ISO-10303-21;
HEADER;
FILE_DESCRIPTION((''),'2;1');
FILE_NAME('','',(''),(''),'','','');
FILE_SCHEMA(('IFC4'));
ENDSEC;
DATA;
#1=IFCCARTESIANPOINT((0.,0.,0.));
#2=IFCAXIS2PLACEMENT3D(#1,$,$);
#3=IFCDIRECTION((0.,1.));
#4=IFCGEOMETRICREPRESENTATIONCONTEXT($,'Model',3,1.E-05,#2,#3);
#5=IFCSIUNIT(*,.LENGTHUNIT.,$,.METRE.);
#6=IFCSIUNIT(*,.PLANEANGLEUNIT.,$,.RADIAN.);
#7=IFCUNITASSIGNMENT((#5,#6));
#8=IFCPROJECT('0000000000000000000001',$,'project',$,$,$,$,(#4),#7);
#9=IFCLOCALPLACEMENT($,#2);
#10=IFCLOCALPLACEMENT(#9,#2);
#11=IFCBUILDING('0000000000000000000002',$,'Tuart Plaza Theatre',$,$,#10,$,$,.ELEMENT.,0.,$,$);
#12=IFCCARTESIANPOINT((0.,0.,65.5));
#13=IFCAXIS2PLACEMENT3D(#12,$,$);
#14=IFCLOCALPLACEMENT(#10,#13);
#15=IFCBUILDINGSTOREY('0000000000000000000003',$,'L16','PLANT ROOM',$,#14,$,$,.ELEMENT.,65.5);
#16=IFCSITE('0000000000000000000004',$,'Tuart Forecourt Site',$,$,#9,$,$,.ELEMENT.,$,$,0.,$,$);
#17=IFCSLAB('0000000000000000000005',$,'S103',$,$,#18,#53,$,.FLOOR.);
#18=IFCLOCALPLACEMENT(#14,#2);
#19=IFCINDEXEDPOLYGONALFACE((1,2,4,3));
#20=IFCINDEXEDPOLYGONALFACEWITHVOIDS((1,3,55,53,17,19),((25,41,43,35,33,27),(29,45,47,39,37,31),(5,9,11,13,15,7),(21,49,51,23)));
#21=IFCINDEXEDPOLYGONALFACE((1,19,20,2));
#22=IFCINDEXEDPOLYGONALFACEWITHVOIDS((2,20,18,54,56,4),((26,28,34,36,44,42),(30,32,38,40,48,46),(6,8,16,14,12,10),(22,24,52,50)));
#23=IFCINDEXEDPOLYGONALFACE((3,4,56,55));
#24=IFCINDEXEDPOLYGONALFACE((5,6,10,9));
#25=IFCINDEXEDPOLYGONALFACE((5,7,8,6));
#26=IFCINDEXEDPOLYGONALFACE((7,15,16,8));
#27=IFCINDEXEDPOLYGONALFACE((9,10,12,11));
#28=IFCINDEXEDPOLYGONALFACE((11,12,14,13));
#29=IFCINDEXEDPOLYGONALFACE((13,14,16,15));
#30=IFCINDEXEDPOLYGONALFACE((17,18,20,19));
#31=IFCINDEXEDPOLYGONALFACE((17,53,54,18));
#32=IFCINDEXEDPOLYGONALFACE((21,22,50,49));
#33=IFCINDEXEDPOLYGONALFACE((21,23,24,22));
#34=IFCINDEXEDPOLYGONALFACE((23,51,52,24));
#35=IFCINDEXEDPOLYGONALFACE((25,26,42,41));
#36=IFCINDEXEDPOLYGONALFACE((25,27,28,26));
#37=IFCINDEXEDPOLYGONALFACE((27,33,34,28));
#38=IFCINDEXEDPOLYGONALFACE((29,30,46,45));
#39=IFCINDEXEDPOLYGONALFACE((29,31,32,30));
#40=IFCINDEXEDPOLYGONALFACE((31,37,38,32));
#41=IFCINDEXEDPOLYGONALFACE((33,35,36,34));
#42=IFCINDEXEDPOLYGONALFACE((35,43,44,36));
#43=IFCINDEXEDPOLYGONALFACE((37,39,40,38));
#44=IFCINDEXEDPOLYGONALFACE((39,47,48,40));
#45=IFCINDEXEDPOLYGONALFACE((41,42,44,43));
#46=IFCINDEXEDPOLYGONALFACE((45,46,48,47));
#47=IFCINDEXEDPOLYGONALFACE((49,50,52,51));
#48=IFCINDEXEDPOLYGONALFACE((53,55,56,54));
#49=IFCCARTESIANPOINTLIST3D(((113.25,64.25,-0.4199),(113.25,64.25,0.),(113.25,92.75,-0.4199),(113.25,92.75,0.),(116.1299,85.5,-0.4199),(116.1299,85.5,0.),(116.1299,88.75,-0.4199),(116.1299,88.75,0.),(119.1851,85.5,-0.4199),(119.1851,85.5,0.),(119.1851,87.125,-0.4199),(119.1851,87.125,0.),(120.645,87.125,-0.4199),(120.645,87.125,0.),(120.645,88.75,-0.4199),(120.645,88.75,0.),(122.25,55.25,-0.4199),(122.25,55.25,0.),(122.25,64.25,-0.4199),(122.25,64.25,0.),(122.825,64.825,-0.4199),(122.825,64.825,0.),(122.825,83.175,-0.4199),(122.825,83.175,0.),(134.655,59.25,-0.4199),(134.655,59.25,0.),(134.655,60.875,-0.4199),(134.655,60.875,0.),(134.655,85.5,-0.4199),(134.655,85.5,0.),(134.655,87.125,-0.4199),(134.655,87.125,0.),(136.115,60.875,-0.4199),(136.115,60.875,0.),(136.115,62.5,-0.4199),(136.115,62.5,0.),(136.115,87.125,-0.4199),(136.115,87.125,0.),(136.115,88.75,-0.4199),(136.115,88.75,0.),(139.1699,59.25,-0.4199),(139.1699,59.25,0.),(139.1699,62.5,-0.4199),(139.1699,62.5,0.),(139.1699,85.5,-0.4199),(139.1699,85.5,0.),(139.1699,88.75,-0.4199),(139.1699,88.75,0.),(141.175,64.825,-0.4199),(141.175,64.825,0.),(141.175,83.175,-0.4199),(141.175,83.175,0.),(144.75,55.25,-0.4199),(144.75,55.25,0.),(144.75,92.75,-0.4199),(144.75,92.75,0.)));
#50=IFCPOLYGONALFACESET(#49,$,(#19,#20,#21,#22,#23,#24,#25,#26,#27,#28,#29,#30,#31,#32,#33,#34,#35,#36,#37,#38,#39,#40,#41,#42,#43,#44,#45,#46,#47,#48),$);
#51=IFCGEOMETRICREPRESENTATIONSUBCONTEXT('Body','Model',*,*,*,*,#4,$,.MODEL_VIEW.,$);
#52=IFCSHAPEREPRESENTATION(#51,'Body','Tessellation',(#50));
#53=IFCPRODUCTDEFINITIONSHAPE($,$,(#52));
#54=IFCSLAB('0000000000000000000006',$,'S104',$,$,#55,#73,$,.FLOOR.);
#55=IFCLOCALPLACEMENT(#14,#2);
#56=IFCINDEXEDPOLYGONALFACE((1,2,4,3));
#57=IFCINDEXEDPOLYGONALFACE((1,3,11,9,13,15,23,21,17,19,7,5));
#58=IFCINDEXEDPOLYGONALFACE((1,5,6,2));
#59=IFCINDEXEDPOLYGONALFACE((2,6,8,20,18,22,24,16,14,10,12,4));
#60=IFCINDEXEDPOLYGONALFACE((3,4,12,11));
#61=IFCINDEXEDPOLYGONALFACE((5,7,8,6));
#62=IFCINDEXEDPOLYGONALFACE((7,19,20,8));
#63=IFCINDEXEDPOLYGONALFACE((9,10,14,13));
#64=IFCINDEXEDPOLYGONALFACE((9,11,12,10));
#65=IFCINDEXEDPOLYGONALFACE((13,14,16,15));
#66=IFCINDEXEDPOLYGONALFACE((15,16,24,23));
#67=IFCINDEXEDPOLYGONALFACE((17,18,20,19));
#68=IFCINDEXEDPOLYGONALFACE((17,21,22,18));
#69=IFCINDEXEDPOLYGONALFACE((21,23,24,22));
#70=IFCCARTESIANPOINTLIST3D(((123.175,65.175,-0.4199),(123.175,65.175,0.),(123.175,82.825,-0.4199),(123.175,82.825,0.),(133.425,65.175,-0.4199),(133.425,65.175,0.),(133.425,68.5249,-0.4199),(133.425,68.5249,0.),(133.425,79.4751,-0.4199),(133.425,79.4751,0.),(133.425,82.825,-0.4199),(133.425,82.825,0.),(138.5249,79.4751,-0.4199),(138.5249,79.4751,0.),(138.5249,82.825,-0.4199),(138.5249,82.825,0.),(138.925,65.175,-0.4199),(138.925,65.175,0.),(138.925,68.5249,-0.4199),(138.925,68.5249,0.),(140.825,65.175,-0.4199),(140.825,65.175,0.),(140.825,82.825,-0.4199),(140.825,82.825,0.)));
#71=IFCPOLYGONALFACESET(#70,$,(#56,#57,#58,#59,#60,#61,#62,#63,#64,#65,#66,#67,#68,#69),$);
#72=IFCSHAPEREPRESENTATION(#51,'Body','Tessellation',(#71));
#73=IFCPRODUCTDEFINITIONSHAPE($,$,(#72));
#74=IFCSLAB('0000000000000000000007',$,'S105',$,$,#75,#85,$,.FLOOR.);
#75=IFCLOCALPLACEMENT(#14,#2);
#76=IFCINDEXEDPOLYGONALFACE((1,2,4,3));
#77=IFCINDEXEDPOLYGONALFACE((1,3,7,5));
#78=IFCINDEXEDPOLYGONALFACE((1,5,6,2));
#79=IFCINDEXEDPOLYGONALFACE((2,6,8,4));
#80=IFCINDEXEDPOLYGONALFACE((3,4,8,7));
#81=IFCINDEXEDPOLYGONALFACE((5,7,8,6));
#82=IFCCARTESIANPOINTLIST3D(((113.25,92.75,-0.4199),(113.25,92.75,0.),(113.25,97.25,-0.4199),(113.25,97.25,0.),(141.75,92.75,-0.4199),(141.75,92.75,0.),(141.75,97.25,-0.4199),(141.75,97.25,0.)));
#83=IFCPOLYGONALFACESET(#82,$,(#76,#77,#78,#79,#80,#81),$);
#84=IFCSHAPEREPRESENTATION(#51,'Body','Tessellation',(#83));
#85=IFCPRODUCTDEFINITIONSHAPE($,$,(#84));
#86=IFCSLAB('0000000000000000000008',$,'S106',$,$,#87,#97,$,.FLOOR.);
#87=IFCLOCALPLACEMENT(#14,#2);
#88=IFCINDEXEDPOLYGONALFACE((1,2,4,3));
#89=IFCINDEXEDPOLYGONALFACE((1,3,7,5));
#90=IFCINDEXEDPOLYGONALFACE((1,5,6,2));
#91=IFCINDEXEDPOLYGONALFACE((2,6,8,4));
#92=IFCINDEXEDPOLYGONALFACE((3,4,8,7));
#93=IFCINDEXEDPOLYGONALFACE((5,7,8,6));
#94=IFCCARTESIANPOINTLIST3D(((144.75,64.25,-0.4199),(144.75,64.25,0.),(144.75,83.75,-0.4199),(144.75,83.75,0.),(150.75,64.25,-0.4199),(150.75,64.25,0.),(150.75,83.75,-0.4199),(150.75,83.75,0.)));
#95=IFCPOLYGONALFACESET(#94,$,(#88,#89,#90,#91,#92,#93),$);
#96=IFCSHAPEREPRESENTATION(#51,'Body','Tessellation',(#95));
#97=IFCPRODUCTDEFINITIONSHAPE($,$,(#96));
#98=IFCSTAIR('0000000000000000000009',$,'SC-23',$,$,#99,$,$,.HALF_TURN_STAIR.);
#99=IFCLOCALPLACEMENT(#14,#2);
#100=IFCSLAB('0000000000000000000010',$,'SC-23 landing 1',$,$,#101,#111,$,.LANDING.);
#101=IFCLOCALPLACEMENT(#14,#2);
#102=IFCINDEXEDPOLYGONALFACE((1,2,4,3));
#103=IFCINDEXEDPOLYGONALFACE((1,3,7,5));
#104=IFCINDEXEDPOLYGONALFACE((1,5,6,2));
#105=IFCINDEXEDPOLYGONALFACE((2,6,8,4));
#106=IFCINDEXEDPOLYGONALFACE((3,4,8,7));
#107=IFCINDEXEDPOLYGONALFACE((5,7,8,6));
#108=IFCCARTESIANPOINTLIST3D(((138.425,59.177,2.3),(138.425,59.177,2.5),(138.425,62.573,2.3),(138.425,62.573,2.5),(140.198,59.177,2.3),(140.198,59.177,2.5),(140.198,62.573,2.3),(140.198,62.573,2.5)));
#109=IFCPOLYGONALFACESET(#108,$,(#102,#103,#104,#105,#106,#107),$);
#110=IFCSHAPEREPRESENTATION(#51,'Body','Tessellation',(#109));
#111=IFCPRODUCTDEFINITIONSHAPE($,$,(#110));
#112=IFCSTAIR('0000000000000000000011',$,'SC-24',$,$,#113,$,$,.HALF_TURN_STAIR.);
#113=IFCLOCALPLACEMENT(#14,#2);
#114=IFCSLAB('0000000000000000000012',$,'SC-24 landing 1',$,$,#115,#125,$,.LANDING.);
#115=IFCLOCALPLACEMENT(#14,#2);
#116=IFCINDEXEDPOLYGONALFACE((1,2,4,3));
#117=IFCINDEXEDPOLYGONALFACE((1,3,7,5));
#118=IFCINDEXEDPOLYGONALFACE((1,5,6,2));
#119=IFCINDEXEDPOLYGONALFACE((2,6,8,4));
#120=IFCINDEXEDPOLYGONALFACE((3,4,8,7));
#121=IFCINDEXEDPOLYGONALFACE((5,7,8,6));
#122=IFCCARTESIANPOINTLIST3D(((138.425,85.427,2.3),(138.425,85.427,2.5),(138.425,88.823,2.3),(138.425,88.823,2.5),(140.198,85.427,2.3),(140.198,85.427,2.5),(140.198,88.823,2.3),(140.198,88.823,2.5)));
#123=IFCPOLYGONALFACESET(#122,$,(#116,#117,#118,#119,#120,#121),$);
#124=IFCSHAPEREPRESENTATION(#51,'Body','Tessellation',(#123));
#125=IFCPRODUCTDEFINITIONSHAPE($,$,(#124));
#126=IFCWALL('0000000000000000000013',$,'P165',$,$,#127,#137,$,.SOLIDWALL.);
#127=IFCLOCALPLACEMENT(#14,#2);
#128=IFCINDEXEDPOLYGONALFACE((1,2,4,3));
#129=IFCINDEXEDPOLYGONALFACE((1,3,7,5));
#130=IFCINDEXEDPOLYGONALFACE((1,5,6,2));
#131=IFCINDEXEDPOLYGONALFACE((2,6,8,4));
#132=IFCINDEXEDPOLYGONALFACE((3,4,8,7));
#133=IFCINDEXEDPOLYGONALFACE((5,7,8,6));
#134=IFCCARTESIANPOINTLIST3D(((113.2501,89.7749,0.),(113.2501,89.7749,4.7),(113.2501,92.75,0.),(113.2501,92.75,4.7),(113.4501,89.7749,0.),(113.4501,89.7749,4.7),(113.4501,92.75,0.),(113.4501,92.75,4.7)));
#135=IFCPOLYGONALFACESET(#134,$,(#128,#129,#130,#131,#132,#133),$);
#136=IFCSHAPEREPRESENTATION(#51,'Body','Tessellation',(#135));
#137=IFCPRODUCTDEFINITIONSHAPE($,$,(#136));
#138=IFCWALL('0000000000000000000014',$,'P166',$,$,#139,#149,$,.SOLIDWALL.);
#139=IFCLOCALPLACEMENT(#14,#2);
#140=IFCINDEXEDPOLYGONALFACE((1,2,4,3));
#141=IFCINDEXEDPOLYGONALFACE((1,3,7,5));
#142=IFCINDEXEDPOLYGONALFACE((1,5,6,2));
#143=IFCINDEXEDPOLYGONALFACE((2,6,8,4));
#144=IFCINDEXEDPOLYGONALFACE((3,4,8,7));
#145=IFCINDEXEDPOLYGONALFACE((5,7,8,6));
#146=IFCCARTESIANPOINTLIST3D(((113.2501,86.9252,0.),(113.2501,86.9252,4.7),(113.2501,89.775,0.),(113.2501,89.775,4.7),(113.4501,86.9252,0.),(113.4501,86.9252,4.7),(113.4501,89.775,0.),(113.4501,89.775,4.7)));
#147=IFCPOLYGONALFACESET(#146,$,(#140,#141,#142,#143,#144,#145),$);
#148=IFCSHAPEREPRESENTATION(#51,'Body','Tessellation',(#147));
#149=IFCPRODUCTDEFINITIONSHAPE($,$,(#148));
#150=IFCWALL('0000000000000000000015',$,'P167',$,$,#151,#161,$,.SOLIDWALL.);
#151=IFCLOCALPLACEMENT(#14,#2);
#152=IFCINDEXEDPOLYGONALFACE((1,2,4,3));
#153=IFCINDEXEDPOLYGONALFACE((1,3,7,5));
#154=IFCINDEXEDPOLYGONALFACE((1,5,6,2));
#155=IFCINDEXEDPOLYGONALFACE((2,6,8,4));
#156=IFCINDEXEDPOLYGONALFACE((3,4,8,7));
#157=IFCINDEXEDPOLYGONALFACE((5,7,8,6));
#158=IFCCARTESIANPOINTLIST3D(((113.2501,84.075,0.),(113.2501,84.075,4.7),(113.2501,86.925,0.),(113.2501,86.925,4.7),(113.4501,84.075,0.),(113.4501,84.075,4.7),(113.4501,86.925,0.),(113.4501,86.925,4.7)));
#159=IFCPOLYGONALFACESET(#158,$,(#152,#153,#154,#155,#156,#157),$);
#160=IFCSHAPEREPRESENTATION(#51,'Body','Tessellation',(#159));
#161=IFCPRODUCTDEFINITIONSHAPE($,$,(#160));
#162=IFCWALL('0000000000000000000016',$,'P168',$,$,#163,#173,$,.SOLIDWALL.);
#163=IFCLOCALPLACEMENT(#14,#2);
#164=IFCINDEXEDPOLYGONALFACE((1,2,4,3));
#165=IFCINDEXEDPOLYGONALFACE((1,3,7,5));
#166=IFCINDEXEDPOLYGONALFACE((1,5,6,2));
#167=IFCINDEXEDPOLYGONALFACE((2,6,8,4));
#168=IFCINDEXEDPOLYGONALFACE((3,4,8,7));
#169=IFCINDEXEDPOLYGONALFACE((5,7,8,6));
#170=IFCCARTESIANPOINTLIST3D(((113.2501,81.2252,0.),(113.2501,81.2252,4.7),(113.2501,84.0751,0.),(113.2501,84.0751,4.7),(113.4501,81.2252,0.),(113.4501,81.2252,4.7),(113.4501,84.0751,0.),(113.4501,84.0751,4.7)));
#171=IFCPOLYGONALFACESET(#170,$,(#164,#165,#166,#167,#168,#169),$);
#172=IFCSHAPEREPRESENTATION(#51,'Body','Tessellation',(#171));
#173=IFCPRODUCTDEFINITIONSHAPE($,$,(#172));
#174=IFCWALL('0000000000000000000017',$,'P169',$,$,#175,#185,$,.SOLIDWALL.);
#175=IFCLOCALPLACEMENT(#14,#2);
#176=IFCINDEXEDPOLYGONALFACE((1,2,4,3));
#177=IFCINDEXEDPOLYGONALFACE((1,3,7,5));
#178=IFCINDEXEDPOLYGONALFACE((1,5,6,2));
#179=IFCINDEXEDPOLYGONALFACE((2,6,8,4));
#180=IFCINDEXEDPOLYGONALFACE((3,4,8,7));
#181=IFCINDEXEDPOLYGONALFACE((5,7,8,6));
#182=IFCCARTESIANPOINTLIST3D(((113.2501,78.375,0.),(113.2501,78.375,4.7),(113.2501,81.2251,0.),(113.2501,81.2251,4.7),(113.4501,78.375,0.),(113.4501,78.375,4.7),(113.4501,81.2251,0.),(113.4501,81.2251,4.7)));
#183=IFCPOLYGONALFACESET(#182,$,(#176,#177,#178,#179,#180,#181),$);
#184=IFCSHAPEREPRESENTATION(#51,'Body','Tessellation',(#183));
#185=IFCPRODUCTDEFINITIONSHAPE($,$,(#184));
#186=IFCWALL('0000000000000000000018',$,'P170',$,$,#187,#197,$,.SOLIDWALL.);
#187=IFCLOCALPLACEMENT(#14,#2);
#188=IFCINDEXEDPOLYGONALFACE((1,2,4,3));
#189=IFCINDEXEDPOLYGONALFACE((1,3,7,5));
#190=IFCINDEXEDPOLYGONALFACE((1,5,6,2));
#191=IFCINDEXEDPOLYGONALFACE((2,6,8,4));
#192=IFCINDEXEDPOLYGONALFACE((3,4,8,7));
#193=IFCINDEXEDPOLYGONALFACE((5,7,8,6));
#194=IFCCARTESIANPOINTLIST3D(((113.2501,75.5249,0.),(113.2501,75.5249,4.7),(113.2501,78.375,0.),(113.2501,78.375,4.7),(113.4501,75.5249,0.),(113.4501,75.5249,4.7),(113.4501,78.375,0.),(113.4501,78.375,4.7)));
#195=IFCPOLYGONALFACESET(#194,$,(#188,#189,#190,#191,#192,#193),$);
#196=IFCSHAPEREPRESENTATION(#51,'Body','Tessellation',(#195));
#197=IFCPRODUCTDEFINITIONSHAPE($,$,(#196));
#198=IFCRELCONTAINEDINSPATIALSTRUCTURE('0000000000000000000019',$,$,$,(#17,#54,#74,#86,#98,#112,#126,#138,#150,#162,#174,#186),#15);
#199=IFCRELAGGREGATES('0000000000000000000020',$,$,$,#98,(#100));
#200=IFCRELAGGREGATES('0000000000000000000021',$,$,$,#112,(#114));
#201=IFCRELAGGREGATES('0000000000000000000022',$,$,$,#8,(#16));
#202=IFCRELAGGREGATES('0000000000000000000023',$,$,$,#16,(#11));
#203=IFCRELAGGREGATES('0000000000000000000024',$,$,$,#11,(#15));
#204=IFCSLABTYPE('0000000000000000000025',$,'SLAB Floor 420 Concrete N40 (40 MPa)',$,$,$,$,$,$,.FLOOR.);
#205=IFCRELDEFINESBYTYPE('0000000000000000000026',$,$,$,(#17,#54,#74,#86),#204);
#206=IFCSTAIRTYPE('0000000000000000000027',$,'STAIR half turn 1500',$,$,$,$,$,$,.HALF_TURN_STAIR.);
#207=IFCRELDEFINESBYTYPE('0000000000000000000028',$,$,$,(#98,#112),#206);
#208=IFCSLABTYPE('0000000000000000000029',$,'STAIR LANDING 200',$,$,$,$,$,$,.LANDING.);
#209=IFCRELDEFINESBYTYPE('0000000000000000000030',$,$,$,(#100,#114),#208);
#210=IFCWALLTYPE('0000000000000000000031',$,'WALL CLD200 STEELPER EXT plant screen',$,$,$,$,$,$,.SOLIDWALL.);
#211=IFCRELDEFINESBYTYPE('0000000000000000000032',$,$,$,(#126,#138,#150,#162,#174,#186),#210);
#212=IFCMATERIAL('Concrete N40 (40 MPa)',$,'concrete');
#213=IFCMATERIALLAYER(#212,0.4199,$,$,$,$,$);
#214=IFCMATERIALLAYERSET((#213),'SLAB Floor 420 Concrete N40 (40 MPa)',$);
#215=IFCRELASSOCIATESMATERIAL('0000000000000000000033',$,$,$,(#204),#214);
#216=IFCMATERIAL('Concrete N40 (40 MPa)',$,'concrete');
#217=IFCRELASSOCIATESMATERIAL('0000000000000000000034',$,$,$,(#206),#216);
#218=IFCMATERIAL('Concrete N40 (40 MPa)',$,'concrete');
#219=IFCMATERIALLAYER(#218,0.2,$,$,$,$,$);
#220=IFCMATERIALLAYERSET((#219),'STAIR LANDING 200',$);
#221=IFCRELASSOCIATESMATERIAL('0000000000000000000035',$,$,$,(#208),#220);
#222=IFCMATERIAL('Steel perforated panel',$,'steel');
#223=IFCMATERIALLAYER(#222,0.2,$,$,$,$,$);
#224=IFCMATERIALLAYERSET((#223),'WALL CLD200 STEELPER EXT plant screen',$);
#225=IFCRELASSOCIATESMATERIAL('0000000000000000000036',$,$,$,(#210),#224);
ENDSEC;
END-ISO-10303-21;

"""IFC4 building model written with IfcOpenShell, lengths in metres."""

from ifc_helpers import new_model, si_unit, direction, frame, frame_2d, origin, place, context, subcontext, project, spatial, polyline, rectangle, outline, extrude, material, layer, layer_set, type_object, element, aggregate, save


model = new_model("IFC4")

# Units and contexts
model_context = context("Model", 3, precision=1e-05, world=origin(), true_north=direction((0.0, 1.0)))
body_context = subcontext(model_context, "Body", "Model", "MODEL_VIEW")
ifc_project = project(units=[si_unit("LENGTHUNIT", "METRE"), si_unit("PLANEANGLEUNIT", "RADIAN")], contexts=[model_context])

# Site, building, storey
site_placement = place(None, origin())
site = spatial("IfcSite", under=ifc_project, at=site_placement, Name="Tuart Forecourt Site", CompositionType="ELEMENT", RefElevation=0.0)
building_placement = place(site_placement, origin())
building = spatial("IfcBuilding", under=site, at=building_placement, Name="Tuart Plaza Theatre", CompositionType="ELEMENT", ElevationOfRefHeight=0.0)
storey_placement = place(building_placement, frame((0.0, 0.0, 65.5)))
storey = spatial("IfcBuildingStorey", under=building, at=storey_placement, Name="L16", Description="PLANT ROOM", CompositionType="ELEMENT", Elevation=65.5)

# Slabs
ifc_material_1 = material(Name="Concrete N40 (40 MPa)", Category="concrete")
ifc_layer_1 = layer(ifc_material_1, 0.4199)
ifc_layer_set_1 = layer_set([ifc_layer_1], Name="SLAB Floor 420 Concrete N40 (40 MPa)")
slab_type_1 = type_object("IfcSlabType", Name="SLAB Floor 420 Concrete N40 (40 MPa)", PredefinedType="FLOOR", material=ifc_layer_set_1)
slab_1_placement = place(storey_placement, frame((0.0, 0.0, -0.4199)))
element("IfcSlab", 1, at=slab_1_placement, inside=storey, type_object=slab_type_1, Name="S103", PredefinedType="FLOOR", context=body_context, shape_type="SweptSolid", body=[
    extrude(outline(polyline([(122.25, 55.25), (144.75, 55.25), (144.75, 92.75), (113.25, 92.75), (113.25, 64.25), (122.25, 64.25), (122.25, 55.25)]), holes=[polyline([(141.175, 64.825), (141.175, 83.175), (122.825, 83.175), (122.825, 64.825), (141.175, 64.825)]), polyline([(136.115, 62.5), (136.115, 60.875), (134.655, 60.875), (134.655, 59.25), (139.1699, 59.25), (139.1699, 62.5), (136.115, 62.5)]), polyline([(139.1699, 88.75), (136.115, 88.75), (136.115, 87.125), (134.655, 87.125), (134.655, 85.5), (139.1699, 85.5), (139.1699, 88.75)]), polyline([(116.1299, 88.75), (116.1299, 85.5), (119.1851, 85.5), (119.1851, 87.125), (120.645, 87.125), (120.645, 88.75), (116.1299, 88.75)])]), origin(), (0.0, 0.0, 1.0), 0.4199),
])
slab_2_placement = place(storey_placement, frame((0.0, 0.0, -0.4199)))
element("IfcSlab", 2, at=slab_2_placement, inside=storey, type_object=slab_type_1, Name="S104", PredefinedType="FLOOR", context=body_context, shape_type="SweptSolid", body=[
    extrude(outline(polyline([(133.425, 68.5249), (138.925, 68.5249), (138.925, 65.175), (140.825, 65.175), (140.825, 82.825), (138.5249, 82.825), (138.5249, 79.4751), (133.425, 79.4751), (133.425, 82.825), (123.175, 82.825), (123.175, 65.175), (133.425, 65.175), (133.425, 68.5249)])), origin(), (0.0, 0.0, 1.0), 0.4199),
])
slab_3_placement = place(storey_placement, frame((0.0, 0.0, -0.4199)))
element("IfcSlab", 3, at=slab_3_placement, inside=storey, type_object=slab_type_1, Name="S105", PredefinedType="FLOOR", context=body_context, shape_type="SweptSolid", body=[
    extrude(outline(polyline([(113.25, 92.75), (141.75, 92.75), (141.75, 97.25), (113.25, 97.25), (113.25, 92.75)])), origin(), (0.0, 0.0, 1.0), 0.4199),
])
slab_4_placement = place(storey_placement, frame((0.0, 0.0, -0.4199)))
element("IfcSlab", 4, at=slab_4_placement, inside=storey, type_object=slab_type_1, Name="S106", PredefinedType="FLOOR", context=body_context, shape_type="SweptSolid", body=[
    extrude(outline(polyline([(144.75, 83.75), (144.75, 64.25), (150.75, 64.25), (150.75, 83.75), (144.75, 83.75)])), origin(), (0.0, 0.0, 1.0), 0.4199),
])

# Stairs, slabs
ifc_material_2 = material(Name="Concrete N40 (40 MPa)", Category="concrete")
stair_type = type_object("IfcStairType", Name="STAIR half turn 1500", PredefinedType="HALF_TURN_STAIR", material=ifc_material_2)
stair_1_placement = place(storey_placement, origin())
stair_1 = element("IfcStair", 5, at=stair_1_placement, inside=storey, type_object=stair_type, Name="SC-23", PredefinedType="HALF_TURN_STAIR")
ifc_material_3 = material(Name="Concrete N40 (40 MPa)", Category="concrete")
ifc_layer_2 = layer(ifc_material_3, 0.2)
ifc_layer_set_2 = layer_set([ifc_layer_2], Name="STAIR LANDING 200")
slab_type_2 = type_object("IfcSlabType", Name="STAIR LANDING 200", PredefinedType="LANDING", material=ifc_layer_set_2)
slab_5_placement = place(storey_placement, frame((0.0, 0.0, 2.3)))
slab_5 = element("IfcSlab", 6, at=slab_5_placement, type_object=slab_type_2, Name="SC-23 landing 1", PredefinedType="LANDING", context=body_context, shape_type="SweptSolid", body=[
    extrude(outline(polyline([(138.425, 59.177), (140.198, 59.177), (140.198, 62.573), (138.425, 62.573), (138.425, 59.177)])), origin(), (0.0, 0.0, 1.0), 0.2),
])
aggregate(stair_1, [slab_5])
stair_2_placement = place(storey_placement, origin())
stair_2 = element("IfcStair", 7, at=stair_2_placement, inside=storey, type_object=stair_type, Name="SC-24", PredefinedType="HALF_TURN_STAIR")
slab_6_placement = place(storey_placement, frame((0.0, 0.0, 2.3)))
slab_6 = element("IfcSlab", 8, at=slab_6_placement, type_object=slab_type_2, Name="SC-24 landing 1", PredefinedType="LANDING", context=body_context, shape_type="SweptSolid", body=[
    extrude(outline(polyline([(138.425, 85.427), (140.198, 85.427), (140.198, 88.823), (138.425, 88.823), (138.425, 85.427)])), origin(), (0.0, 0.0, 1.0), 0.2),
])
aggregate(stair_2, [slab_6])

# Walls
ifc_material_4 = material(Name="Steel perforated panel", Category="steel")
ifc_layer_3 = layer(ifc_material_4, 0.2)
ifc_layer_set_3 = layer_set([ifc_layer_3], Name="WALL CLD200 STEELPER EXT plant screen")
wall_type = type_object("IfcWallType", Name="WALL CLD200 STEELPER EXT plant screen", PredefinedType="SOLIDWALL", material=ifc_layer_set_3)
wall_1_placement = place(storey_placement, frame((113.3501, 92.75, 0.0), z_axis=(0.0, 0.0, 1.0), x_axis=(0.0, -1.0, 0.0)))
element("IfcWall", 9, at=wall_1_placement, inside=storey, type_object=wall_type, Name="P165", PredefinedType="SOLIDWALL", context=body_context, shape_type="SweptSolid", body=[
    extrude(rectangle(XDim=2.9751, YDim=0.2, at=frame_2d((1.4875, 0.0))), origin(), (0.0, 0.0, 1.0), 4.7),
])
wall_2_placement = place(storey_placement, frame((113.3501, 89.7749, 0.0), z_axis=(0.0, 0.0, 1.0), x_axis=(0.0, -1.0, 0.0)))
element("IfcWall", 10, at=wall_2_placement, inside=storey, type_object=wall_type, Name="P166", PredefinedType="SOLIDWALL", context=body_context, shape_type="SweptSolid", body=[
    extrude(rectangle(XDim=2.8499, YDim=0.2, at=frame_2d((1.4248, 0.0))), origin(), (0.0, 0.0, 1.0), 4.7),
])
wall_3_placement = place(storey_placement, frame((113.3501, 86.925, 0.0), z_axis=(0.0, 0.0, 1.0), x_axis=(0.0, -1.0, 0.0)))
element("IfcWall", 11, at=wall_3_placement, inside=storey, type_object=wall_type, Name="P167", PredefinedType="SOLIDWALL", context=body_context, shape_type="SweptSolid", body=[
    extrude(rectangle(XDim=2.8501, YDim=0.2, at=frame_2d((1.425, 0.0))), origin(), (0.0, 0.0, 1.0), 4.7),
])
wall_4_placement = place(storey_placement, frame((113.3501, 84.075, 0.0), z_axis=(0.0, 0.0, 1.0), x_axis=(0.0, -1.0, 0.0)))
element("IfcWall", 12, at=wall_4_placement, inside=storey, type_object=wall_type, Name="P168", PredefinedType="SOLIDWALL", context=body_context, shape_type="SweptSolid", body=[
    extrude(rectangle(XDim=2.8499, YDim=0.2, at=frame_2d((1.4248, 0.0))), origin(), (0.0, 0.0, 1.0), 4.7),
])
for number, where, z_axis, x_axis, name in (
    (13, (113.3501, 81.2251, 0.0), (0.0, 0.0, 1.0), (0.0, -1.0, 0.0), "P169"),
    (14, (113.3501, 78.375, 0.0), (0.0, 0.0, 1.0), (0.0, -1.0, 0.0), "P170"),
):
    element("IfcWall", number, at=place(storey_placement, frame(where, z_axis=z_axis, x_axis=x_axis)), inside=storey, type_object=wall_type, Name=name, PredefinedType="SOLIDWALL", context=body_context, shape_type="SweptSolid", body=[
        extrude(rectangle(XDim=2.8501, YDim=0.2, at=frame_2d((1.425, 0.0))), origin(), (0.0, 0.0, 1.0), 4.7),
    ])

save(model, "model.ifc")
